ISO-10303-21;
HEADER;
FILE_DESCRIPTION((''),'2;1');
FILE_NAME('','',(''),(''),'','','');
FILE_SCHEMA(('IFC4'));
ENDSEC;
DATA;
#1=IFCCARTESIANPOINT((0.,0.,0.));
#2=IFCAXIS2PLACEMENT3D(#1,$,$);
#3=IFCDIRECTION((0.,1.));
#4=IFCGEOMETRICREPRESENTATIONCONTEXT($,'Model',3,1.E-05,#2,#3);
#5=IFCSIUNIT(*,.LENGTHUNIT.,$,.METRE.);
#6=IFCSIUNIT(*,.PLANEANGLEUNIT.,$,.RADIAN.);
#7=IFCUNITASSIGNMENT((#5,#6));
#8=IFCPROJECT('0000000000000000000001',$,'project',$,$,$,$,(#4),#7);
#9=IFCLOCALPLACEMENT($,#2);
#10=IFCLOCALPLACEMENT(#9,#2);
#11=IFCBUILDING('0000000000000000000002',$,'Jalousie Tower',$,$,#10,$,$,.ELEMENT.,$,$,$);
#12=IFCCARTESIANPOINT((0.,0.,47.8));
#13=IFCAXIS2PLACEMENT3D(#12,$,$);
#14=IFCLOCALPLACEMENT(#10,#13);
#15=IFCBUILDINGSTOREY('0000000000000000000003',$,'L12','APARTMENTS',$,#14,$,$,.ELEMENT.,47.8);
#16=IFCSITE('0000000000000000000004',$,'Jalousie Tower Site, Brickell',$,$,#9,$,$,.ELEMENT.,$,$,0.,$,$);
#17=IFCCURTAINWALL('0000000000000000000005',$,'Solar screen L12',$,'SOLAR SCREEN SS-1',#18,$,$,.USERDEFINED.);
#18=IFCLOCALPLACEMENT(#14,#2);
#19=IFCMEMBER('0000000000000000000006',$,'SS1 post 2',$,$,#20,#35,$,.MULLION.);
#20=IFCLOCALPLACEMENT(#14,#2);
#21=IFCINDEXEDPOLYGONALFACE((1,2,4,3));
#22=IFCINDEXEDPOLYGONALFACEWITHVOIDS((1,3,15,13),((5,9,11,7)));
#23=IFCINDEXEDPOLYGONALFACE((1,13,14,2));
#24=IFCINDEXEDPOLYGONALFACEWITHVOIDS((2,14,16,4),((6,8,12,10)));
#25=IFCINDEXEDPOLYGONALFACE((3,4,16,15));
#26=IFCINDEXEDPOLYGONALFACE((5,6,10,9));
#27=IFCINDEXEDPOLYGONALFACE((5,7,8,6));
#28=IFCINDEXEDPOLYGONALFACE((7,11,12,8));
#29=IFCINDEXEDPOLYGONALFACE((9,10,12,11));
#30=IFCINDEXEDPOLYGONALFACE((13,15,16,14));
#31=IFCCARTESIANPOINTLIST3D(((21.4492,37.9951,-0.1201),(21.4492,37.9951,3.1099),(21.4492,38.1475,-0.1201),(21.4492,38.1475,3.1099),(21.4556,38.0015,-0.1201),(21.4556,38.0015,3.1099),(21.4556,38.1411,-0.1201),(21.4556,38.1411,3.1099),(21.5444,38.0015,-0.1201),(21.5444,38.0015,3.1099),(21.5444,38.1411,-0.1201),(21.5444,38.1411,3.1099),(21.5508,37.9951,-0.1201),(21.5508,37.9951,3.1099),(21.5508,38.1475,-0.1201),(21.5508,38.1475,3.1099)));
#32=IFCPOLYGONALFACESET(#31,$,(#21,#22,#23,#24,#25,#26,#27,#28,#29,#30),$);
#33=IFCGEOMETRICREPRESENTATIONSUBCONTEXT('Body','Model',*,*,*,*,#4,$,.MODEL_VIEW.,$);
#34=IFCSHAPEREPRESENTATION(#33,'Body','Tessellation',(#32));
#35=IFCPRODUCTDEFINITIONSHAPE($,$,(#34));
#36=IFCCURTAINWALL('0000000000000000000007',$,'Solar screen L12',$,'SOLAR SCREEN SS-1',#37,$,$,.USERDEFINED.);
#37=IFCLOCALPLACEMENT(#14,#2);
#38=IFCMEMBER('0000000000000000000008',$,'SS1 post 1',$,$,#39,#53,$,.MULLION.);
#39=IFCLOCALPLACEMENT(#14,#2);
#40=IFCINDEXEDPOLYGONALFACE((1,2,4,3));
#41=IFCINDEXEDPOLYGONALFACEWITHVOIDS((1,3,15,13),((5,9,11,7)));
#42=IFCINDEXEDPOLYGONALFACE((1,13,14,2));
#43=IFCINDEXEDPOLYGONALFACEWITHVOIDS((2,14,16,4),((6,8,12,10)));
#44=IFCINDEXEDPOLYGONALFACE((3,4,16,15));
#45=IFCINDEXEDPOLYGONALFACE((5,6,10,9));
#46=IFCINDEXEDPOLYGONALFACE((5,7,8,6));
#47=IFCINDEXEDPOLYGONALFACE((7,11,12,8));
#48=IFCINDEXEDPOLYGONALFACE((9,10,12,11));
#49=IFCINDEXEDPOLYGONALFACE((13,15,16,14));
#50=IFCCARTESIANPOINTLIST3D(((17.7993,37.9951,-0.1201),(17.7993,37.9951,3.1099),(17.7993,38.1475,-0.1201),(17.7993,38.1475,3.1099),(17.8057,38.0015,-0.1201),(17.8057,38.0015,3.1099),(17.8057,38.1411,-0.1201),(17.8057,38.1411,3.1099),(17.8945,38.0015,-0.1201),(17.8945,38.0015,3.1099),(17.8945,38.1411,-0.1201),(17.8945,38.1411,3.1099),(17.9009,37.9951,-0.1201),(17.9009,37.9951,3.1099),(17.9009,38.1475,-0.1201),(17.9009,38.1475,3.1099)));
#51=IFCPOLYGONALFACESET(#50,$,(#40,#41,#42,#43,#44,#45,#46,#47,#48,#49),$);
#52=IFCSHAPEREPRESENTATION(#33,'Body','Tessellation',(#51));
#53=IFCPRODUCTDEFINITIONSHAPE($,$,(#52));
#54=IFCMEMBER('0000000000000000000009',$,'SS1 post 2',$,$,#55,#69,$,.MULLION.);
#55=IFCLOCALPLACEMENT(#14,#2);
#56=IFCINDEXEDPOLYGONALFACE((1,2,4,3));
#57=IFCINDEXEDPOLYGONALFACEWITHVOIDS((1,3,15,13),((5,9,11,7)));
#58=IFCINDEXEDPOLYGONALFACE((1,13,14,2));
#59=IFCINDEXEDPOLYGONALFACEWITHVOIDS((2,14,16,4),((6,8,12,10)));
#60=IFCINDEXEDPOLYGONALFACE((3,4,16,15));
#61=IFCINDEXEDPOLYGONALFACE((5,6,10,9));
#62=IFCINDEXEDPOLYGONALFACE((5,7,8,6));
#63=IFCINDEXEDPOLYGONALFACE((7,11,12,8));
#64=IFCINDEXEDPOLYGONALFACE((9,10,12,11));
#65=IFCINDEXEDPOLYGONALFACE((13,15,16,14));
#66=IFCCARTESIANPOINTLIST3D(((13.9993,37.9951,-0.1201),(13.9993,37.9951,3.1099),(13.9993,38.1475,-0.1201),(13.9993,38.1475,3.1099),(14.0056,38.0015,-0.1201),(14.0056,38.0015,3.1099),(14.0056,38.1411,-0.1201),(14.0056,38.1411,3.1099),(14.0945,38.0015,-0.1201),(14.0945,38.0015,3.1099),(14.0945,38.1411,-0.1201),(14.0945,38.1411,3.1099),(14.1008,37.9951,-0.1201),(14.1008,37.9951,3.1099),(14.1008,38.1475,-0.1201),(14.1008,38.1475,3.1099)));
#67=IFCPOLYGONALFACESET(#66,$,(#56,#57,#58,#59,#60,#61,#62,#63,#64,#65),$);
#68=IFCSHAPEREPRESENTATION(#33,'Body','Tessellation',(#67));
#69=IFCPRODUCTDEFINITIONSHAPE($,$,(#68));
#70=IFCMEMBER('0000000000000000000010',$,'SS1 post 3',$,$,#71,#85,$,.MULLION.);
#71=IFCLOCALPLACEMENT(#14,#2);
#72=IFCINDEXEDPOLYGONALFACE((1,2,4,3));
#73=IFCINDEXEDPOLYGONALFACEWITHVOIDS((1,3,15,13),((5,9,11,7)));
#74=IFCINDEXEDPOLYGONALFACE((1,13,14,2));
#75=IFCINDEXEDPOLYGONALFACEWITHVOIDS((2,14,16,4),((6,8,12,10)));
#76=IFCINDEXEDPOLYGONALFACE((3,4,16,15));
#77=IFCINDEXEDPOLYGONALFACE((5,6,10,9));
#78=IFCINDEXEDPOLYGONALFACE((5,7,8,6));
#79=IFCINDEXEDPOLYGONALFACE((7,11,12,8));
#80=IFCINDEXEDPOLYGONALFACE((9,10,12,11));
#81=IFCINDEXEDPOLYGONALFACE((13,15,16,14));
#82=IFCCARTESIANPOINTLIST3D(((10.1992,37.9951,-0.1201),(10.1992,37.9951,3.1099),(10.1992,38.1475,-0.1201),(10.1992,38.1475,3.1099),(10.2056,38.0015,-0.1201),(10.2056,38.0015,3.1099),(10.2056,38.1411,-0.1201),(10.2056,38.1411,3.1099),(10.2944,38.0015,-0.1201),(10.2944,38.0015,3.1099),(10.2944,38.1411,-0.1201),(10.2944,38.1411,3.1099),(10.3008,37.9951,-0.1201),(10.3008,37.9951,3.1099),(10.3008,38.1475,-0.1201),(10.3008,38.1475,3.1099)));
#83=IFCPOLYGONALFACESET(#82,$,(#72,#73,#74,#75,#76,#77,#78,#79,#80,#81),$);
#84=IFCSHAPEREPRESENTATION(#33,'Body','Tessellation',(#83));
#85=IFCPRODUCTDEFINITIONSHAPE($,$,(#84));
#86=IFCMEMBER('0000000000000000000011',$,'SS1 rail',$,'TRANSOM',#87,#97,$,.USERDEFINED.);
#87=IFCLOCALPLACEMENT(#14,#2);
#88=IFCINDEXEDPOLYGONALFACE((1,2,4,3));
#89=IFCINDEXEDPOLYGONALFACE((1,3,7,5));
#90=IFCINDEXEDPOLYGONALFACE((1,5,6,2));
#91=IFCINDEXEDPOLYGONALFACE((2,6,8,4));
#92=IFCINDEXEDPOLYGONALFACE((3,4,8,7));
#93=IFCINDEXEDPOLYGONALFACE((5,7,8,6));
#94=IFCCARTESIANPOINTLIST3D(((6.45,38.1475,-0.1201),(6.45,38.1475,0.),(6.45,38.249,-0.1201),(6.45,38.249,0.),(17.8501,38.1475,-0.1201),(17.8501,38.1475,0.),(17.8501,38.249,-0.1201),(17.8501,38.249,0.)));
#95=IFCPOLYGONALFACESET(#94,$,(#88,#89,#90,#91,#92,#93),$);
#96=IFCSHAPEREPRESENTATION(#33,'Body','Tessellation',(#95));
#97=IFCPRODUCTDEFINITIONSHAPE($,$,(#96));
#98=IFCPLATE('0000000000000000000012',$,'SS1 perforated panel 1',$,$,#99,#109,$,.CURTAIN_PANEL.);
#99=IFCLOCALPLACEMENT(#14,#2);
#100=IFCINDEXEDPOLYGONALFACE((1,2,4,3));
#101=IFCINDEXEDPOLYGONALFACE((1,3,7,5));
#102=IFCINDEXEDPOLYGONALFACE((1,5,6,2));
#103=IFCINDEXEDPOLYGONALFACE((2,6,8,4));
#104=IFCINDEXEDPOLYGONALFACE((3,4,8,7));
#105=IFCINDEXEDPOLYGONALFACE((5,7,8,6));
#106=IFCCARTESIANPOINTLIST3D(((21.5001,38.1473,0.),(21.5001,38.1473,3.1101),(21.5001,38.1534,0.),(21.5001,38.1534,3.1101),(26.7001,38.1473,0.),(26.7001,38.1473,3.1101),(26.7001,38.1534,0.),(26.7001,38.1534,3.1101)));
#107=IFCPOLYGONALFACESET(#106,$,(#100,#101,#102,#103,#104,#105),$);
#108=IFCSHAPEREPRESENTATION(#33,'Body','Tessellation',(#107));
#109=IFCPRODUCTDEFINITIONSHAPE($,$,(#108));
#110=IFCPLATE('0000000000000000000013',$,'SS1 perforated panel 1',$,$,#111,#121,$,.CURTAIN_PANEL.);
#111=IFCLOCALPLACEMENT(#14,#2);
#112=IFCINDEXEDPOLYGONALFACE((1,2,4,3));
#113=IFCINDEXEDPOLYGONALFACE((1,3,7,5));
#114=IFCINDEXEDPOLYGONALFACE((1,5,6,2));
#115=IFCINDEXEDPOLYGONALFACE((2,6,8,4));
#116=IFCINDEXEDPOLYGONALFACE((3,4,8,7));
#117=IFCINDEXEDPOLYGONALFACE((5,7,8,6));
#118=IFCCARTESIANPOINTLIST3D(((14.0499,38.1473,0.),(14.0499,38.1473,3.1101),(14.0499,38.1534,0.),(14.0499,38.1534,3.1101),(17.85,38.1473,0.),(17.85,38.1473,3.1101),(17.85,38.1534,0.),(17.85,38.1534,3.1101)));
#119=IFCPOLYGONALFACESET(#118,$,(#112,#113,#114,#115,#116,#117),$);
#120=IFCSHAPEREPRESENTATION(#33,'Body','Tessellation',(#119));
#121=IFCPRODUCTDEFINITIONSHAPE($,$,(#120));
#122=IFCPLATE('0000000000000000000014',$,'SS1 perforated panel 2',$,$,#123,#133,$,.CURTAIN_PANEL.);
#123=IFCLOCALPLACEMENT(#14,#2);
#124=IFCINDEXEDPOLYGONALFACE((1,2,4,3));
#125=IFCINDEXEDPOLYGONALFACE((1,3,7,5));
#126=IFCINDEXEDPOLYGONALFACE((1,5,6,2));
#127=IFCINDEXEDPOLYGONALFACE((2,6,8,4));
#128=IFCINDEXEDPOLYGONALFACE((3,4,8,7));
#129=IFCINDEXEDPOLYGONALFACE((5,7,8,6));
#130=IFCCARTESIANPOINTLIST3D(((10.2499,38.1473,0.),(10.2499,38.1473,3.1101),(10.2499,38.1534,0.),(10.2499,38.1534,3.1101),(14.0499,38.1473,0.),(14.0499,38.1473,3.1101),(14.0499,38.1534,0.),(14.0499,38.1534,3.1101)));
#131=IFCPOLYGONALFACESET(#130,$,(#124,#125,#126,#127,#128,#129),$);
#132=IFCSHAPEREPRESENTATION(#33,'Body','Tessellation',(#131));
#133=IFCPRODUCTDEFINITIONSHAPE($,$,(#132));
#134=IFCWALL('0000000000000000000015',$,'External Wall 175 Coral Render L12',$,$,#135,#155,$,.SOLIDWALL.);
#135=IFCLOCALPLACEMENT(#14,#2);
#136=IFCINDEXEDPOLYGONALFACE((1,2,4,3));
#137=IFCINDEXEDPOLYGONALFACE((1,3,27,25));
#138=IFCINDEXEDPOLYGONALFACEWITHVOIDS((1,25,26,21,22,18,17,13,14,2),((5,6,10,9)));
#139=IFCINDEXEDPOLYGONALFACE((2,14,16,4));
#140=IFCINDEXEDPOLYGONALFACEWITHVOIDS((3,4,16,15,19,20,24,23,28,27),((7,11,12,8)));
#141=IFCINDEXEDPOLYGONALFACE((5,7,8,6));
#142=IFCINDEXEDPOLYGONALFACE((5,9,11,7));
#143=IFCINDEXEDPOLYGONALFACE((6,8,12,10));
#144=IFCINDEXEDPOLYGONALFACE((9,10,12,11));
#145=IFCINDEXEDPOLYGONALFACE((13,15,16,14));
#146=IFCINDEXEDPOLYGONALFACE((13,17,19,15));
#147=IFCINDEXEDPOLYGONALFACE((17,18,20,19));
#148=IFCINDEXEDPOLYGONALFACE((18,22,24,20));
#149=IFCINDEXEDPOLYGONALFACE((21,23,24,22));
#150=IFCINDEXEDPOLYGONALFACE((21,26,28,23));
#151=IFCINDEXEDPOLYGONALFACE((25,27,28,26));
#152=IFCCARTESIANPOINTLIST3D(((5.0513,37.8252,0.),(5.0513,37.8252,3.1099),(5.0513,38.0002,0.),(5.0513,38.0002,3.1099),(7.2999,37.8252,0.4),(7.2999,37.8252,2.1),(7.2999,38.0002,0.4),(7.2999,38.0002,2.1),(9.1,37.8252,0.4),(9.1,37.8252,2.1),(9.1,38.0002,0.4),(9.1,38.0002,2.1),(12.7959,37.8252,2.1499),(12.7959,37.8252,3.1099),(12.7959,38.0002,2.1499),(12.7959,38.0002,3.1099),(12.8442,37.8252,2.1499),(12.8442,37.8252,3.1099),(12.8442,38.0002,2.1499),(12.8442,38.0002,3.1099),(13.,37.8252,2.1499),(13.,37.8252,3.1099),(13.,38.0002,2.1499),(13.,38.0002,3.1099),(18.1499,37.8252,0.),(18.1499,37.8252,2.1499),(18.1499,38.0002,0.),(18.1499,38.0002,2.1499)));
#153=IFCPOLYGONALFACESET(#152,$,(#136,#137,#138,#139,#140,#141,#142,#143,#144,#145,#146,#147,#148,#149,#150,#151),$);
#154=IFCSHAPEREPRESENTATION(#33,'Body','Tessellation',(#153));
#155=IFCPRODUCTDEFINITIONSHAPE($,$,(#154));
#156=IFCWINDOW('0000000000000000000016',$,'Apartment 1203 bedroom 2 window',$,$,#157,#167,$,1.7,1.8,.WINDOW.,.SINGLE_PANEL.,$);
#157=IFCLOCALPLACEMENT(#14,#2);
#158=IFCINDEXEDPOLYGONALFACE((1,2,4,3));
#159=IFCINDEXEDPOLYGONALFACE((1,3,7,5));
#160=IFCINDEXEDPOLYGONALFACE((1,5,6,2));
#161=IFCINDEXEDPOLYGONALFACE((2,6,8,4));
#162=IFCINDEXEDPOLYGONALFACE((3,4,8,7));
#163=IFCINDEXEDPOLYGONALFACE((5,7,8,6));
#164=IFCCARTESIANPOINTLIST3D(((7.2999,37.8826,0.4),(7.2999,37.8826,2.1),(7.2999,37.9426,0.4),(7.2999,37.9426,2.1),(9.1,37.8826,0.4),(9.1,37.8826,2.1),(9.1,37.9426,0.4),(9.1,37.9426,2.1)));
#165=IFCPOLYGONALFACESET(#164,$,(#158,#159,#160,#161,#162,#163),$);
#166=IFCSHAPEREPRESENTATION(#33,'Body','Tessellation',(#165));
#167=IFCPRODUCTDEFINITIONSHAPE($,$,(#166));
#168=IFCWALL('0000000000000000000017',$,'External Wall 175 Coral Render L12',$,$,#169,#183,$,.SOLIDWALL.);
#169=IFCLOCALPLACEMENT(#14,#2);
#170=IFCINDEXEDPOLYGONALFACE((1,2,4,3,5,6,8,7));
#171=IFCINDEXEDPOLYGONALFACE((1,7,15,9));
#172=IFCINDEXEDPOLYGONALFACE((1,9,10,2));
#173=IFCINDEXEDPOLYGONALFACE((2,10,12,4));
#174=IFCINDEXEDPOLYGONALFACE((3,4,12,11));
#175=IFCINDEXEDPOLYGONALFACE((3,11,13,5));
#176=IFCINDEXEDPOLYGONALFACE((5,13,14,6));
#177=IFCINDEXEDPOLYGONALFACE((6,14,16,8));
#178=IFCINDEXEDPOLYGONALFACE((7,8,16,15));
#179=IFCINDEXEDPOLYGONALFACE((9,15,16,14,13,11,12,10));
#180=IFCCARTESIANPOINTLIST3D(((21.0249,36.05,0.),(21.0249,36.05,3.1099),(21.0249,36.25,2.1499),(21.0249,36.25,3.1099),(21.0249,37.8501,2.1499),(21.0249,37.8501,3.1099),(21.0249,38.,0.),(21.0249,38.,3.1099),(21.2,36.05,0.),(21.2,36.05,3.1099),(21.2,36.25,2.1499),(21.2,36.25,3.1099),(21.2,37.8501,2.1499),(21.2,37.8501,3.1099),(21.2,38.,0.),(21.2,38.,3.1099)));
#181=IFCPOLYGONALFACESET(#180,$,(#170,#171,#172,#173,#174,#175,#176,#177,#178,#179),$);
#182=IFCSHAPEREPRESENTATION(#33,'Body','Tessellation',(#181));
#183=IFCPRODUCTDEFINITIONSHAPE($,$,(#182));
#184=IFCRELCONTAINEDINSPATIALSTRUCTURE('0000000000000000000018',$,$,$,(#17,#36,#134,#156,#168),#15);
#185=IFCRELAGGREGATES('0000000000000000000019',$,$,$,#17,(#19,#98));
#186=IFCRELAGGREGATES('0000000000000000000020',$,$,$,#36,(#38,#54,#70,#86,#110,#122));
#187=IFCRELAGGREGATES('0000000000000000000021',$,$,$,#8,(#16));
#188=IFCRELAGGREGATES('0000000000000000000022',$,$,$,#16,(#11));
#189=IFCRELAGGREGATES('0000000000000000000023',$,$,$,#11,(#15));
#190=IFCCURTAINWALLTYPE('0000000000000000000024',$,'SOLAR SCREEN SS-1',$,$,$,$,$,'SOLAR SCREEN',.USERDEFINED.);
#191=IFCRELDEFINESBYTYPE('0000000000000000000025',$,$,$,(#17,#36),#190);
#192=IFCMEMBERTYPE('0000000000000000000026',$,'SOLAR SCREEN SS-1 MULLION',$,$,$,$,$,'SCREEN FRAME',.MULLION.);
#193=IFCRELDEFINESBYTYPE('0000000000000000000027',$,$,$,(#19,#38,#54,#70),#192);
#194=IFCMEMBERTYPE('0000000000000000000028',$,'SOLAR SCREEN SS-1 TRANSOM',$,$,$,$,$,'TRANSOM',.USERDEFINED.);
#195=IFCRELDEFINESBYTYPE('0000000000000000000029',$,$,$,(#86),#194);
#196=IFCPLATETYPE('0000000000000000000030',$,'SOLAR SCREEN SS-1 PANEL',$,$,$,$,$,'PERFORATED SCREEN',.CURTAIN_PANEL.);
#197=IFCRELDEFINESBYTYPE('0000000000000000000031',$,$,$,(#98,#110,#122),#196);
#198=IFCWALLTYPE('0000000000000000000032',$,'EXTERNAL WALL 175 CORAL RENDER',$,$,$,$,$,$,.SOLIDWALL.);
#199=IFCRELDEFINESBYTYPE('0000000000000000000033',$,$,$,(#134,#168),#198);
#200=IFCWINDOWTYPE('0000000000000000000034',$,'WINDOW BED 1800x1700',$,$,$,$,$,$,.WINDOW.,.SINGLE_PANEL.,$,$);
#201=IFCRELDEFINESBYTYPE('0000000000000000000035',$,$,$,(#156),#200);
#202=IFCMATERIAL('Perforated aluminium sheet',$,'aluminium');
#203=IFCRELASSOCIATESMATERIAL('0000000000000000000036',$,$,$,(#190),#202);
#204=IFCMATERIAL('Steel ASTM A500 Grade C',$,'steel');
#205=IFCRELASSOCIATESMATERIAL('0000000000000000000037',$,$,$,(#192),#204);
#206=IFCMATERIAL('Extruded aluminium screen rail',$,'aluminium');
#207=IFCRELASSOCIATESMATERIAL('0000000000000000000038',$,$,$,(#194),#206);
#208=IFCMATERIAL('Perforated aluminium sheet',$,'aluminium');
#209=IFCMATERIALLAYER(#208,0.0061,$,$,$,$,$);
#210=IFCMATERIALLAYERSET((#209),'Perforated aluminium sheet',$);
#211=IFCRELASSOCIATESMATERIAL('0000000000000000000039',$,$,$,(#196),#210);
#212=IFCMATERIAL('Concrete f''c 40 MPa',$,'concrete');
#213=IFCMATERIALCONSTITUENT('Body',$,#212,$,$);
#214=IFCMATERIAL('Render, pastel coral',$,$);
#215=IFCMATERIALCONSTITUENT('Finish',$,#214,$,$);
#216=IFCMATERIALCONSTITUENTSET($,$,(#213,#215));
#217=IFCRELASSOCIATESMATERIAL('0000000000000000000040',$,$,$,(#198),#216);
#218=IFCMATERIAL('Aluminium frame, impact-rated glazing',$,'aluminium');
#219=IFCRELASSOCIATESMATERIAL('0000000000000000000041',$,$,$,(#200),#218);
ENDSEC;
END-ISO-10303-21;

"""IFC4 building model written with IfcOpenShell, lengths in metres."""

from ifc_helpers import new_model, si_unit, direction, frame, frame_2d, origin, origin_2d, place, context, subcontext, project, spatial, polyline, rectangle, hollow_rectangle, outline, extrude, material, layer, layer_set, constituent, constituent_set, material_profile, profile_set, type_object, element, fill, aggregate, save


model = new_model("IFC4")

# Units and contexts
model_context = context("Model", 3, precision=1e-05, world=origin(), true_north=direction((0.0, 1.0)))
body_context = subcontext(model_context, "Body", "Model", "MODEL_VIEW")
ifc_project = project(units=[si_unit("LENGTHUNIT", "METRE"), si_unit("PLANEANGLEUNIT", "RADIAN")], contexts=[model_context])

# Site, building, storey
site_placement = place(None, origin())
site = spatial("IfcSite", under=ifc_project, at=site_placement, Name="Jalousie Tower Site, Brickell", CompositionType="ELEMENT", RefElevation=0.0)
building_placement = place(site_placement, origin())
building = spatial("IfcBuilding", under=site, at=building_placement, Name="Jalousie Tower", CompositionType="ELEMENT")
storey_placement = place(building_placement, frame((0.0, 0.0, 47.8)))
storey = spatial("IfcBuildingStorey", under=building, at=storey_placement, Name="L12", Description="APARTMENTS", CompositionType="ELEMENT", Elevation=47.8)

# Curtain wall, member
ifc_material_1 = material(Name="Perforated aluminium sheet", Category="aluminium")
curtain_wall_type = type_object("IfcCurtainWallType", Name="SOLAR SCREEN SS-1", ElementType="SOLAR SCREEN", PredefinedType="USERDEFINED", material=ifc_material_1)
curtain_wall_1_placement = place(storey_placement, origin())
curtain_wall_1 = element("IfcCurtainWall", 1, at=curtain_wall_1_placement, inside=storey, type_object=curtain_wall_type, Name="Solar screen L12", ObjectType="SOLAR SCREEN SS-1", PredefinedType="USERDEFINED")
ifc_material_2 = material(Name="Steel ASTM A500 Grade C", Category="steel")
ifc_material_profile_1 = material_profile(ifc_material_2, hollow_rectangle(XDim=0.1016, YDim=0.1523, WallThickness=0.0063, at=origin_2d()), Name="HSS6X4X1/4")
ifc_profile_set_1 = profile_set([ifc_material_profile_1], Name="Steel ASTM A500 Grade C")
member_type_1 = type_object("IfcMemberType", Name="SOLAR SCREEN SS-1 MULLION", ElementType="SCREEN FRAME", PredefinedType="MULLION", material=ifc_profile_set_1)
member_1_placement = place(storey_placement, frame((21.5, 38.0713, -0.1201), z_axis=(0.0, 0.0, 1.0), x_axis=(-1.0, 0.0, 0.0)))
member_1 = element("IfcMember", 2, at=member_1_placement, type_object=member_type_1, Name="SS1 post 2", PredefinedType="MULLION", context=body_context, shape_type="SweptSolid", body=[
    extrude(hollow_rectangle(XDim=0.1016, YDim=0.1523, WallThickness=0.0063, at=origin_2d()), origin(), (0.0, 0.0, 1.0), 3.23),
])

# Curtain wall, members
curtain_wall_2_placement = place(storey_placement, origin())
curtain_wall_2 = element("IfcCurtainWall", 3, at=curtain_wall_2_placement, inside=storey, type_object=curtain_wall_type, Name="Solar screen L12", ObjectType="SOLAR SCREEN SS-1", PredefinedType="USERDEFINED")
member_2_placement = place(storey_placement, frame((17.8501, 38.0713, -0.1201), z_axis=(0.0, 0.0, 1.0), x_axis=(-1.0, 0.0, 0.0)))
member_2 = element("IfcMember", 4, at=member_2_placement, type_object=member_type_1, Name="SS1 post 1", PredefinedType="MULLION", context=body_context, shape_type="SweptSolid", body=[
    extrude(hollow_rectangle(XDim=0.1016, YDim=0.1523, WallThickness=0.0063, at=origin_2d()), origin(), (0.0, 0.0, 1.0), 3.23),
])
member_3_placement = place(storey_placement, frame((14.05, 38.0713, -0.1201), z_axis=(0.0, 0.0, 1.0), x_axis=(-1.0, 0.0, 0.0)))
member_3 = element("IfcMember", 5, at=member_3_placement, type_object=member_type_1, Name="SS1 post 2", PredefinedType="MULLION", context=body_context, shape_type="SweptSolid", body=[
    extrude(hollow_rectangle(XDim=0.1016, YDim=0.1523, WallThickness=0.0063, at=origin_2d()), origin(), (0.0, 0.0, 1.0), 3.23),
])
member_4_placement = place(storey_placement, frame((10.25, 38.0713, -0.1201), z_axis=(0.0, 0.0, 1.0), x_axis=(-1.0, 0.0, 0.0)))
member_4 = element("IfcMember", 6, at=member_4_placement, type_object=member_type_1, Name="SS1 post 3", PredefinedType="MULLION", context=body_context, shape_type="SweptSolid", body=[
    extrude(hollow_rectangle(XDim=0.1016, YDim=0.1523, WallThickness=0.0063, at=origin_2d()), origin(), (0.0, 0.0, 1.0), 3.23),
])
ifc_material_3 = material(Name="Extruded aluminium screen rail", Category="aluminium")
ifc_material_profile_2 = material_profile(ifc_material_3, rectangle(XDim=0.1016, YDim=0.1201, at=origin_2d()), Name="RAIL 102x120")
ifc_profile_set_2 = profile_set([ifc_material_profile_2], Name="Extruded aluminium screen rail")
member_type_2 = type_object("IfcMemberType", Name="SOLAR SCREEN SS-1 TRANSOM", ElementType="TRANSOM", PredefinedType="USERDEFINED", material=ifc_profile_set_2)
member_5_placement = place(storey_placement, frame((17.8501, 38.1982, -0.0601), z_axis=(-1.0, 0.0, 0.0), x_axis=(0.0, -1.0, 0.0)))
member_5 = element("IfcMember", 7, at=member_5_placement, type_object=member_type_2, Name="SS1 rail", ObjectType="TRANSOM", PredefinedType="USERDEFINED", context=body_context, shape_type="SweptSolid", body=[
    extrude(rectangle(XDim=0.1016, YDim=0.1201, at=origin_2d()), origin(), (0.0, 0.0, 1.0), 11.4001),
])

# Plates
ifc_material_4 = material(Name="Perforated aluminium sheet", Category="aluminium")
ifc_layer_1 = layer(ifc_material_4, 0.0061)
ifc_layer_set_1 = layer_set([ifc_layer_1], Name="Perforated aluminium sheet")
plate_type = type_object("IfcPlateType", Name="SOLAR SCREEN SS-1 PANEL", ElementType="PERFORATED SCREEN", PredefinedType="CURTAIN_PANEL", material=ifc_layer_set_1)
plate_1_placement = place(storey_placement, frame((24.1001, 38.1504, 0.0), z_axis=(0.0, 0.0, 1.0), x_axis=(-1.0, 0.0, 0.0)))
plate_1 = element("IfcPlate", 8, at=plate_1_placement, type_object=plate_type, Name="SS1 perforated panel 1", PredefinedType="CURTAIN_PANEL", context=body_context, shape_type="SweptSolid", body=[
    extrude(rectangle(XDim=5.2, YDim=0.0061, at=origin_2d()), origin(), (0.0, 0.0, 1.0), 3.1101),
])
aggregate(curtain_wall_1, [member_1, plate_1])
plate_2_placement = place(storey_placement, frame((15.95, 38.1504, 0.0), z_axis=(0.0, 0.0, 1.0), x_axis=(-1.0, 0.0, 0.0)))
plate_2 = element("IfcPlate", 9, at=plate_2_placement, type_object=plate_type, Name="SS1 perforated panel 1", PredefinedType="CURTAIN_PANEL", context=body_context, shape_type="SweptSolid", body=[
    extrude(rectangle(XDim=3.8, YDim=0.0061, at=origin_2d()), origin(), (0.0, 0.0, 1.0), 3.1101),
])
plate_3_placement = place(storey_placement, frame((12.1499, 38.1504, 0.0), z_axis=(0.0, 0.0, 1.0), x_axis=(-1.0, 0.0, 0.0)))
plate_3 = element("IfcPlate", 10, at=plate_3_placement, type_object=plate_type, Name="SS1 perforated panel 2", PredefinedType="CURTAIN_PANEL", context=body_context, shape_type="SweptSolid", body=[
    extrude(rectangle(XDim=3.8, YDim=0.0061, at=origin_2d()), origin(), (0.0, 0.0, 1.0), 3.1101),
])
aggregate(curtain_wall_2, [member_2, member_3, member_4, member_5, plate_2, plate_3])

# Wall, opening, window
ifc_material_5 = material(Name="Concrete f'c 40 MPa", Category="concrete")
ifc_constituent_1 = constituent(ifc_material_5, Name="Body")
ifc_material_6 = material(Name="Render, pastel coral")
ifc_constituent_2 = constituent(ifc_material_6, Name="Finish")
ifc_constituent_set_1 = constituent_set(constituents=[ifc_constituent_1, ifc_constituent_2])
wall_type_1 = type_object("IfcWallType", Name="EXTERNAL WALL 175 CORAL RENDER", PredefinedType="SOLIDWALL", material=ifc_constituent_set_1)
wall_1_placement = place(storey_placement, frame((18.1499, 37.9126, 0.0), z_axis=(0.0, 0.0, 1.0), x_axis=(-1.0, 0.0, 0.0)))
wall_1 = element("IfcWall", 11, at=wall_1_placement, inside=storey, type_object=wall_type_1, Name="External Wall 175 Coral Render L12", PredefinedType="SOLIDWALL", context=body_context, shape_type="SweptSolid", body=[
    extrude(outline(polyline([(0.0, 0.0), (13.0986, 0.0), (13.0986, 3.1099), (5.354, 3.1099), (5.354, 2.1499), (5.3057, 2.1499), (5.3057, 3.1099), (5.1499, 3.1099), (5.1499, 2.1499), (0.0, 2.1499), (0.0, 0.0)])), frame((0.0, 0.0874, 0.0), z_axis=(0.0, -1.0, 0.0), x_axis=(1.0, 0.0, 0.0)), (0.0, 0.0, 1.0), 0.175),
])
opening_1_placement = place(wall_1_placement, frame((9.05, 0.0, 0.3999)))
opening_1 = element("IfcOpeningElement", 12, at=opening_1_placement, cuts=wall_1, PredefinedType="OPENING", context=body_context, shape_type="SweptSolid", body=[
    extrude(rectangle(XDim=1.8, YDim=1.7, at=frame_2d((0.8999, 0.8501))), frame((0.0, 0.0974, 0.0), z_axis=(0.0, -1.0, 0.0), x_axis=(1.0, 0.0, 0.0)), (0.0, 0.0, 1.0), 0.1951),
])
ifc_material_7 = material(Name="Aluminium frame, impact-rated glazing", Category="aluminium")
window_type = type_object("IfcWindowType", Name="WINDOW BED 1800x1700", PartitioningType="SINGLE_PANEL", PredefinedType="WINDOW", material=ifc_material_7)
window_placement = place(opening_1_placement, origin())
window = element("IfcWindow", 13, at=window_placement, inside=storey, type_object=window_type, Name="Apartment 1203 bedroom 2 window", OverallHeight=1.7, OverallWidth=1.8, PartitioningType="SINGLE_PANEL", PredefinedType="WINDOW", context=body_context, shape_type="SweptSolid", body=[
    extrude(rectangle(XDim=1.8, YDim=1.7, at=frame_2d((0.8999, 0.8501))), frame((0.0, 0.03, 0.0), z_axis=(0.0, -1.0, 0.0), x_axis=(1.0, 0.0, 0.0)), (0.0, 0.0, 1.0), 0.0601),
])
fill(opening_1, window)

# Wall
for number, where, z_axis, x_axis, name in (
    (14, (21.1125, 38.0, 0.0), (0.0, 0.0, 1.0), (0.0, -1.0, 0.0), "External Wall 175 Coral Render L12"),
):
    element("IfcWall", number, at=place(storey_placement, frame(where, z_axis=z_axis, x_axis=x_axis)), inside=storey, type_object=wall_type_1, Name=name, PredefinedType="SOLIDWALL", context=body_context, shape_type="SweptSolid", body=[
        extrude(outline(polyline([(0.0, 0.0), (1.95, 0.0), (1.95, 3.1099), (1.75, 3.1099), (1.75, 2.1499), (0.1499, 2.1499), (0.1499, 3.1099), (0.0, 3.1099), (0.0, 0.0)])), frame((0.0, 0.0874, 0.0), z_axis=(0.0, -1.0, 0.0), x_axis=(1.0, 0.0, 0.0)), (0.0, 0.0, 1.0), 0.175),
    ])

save(model, "model.ifc")
